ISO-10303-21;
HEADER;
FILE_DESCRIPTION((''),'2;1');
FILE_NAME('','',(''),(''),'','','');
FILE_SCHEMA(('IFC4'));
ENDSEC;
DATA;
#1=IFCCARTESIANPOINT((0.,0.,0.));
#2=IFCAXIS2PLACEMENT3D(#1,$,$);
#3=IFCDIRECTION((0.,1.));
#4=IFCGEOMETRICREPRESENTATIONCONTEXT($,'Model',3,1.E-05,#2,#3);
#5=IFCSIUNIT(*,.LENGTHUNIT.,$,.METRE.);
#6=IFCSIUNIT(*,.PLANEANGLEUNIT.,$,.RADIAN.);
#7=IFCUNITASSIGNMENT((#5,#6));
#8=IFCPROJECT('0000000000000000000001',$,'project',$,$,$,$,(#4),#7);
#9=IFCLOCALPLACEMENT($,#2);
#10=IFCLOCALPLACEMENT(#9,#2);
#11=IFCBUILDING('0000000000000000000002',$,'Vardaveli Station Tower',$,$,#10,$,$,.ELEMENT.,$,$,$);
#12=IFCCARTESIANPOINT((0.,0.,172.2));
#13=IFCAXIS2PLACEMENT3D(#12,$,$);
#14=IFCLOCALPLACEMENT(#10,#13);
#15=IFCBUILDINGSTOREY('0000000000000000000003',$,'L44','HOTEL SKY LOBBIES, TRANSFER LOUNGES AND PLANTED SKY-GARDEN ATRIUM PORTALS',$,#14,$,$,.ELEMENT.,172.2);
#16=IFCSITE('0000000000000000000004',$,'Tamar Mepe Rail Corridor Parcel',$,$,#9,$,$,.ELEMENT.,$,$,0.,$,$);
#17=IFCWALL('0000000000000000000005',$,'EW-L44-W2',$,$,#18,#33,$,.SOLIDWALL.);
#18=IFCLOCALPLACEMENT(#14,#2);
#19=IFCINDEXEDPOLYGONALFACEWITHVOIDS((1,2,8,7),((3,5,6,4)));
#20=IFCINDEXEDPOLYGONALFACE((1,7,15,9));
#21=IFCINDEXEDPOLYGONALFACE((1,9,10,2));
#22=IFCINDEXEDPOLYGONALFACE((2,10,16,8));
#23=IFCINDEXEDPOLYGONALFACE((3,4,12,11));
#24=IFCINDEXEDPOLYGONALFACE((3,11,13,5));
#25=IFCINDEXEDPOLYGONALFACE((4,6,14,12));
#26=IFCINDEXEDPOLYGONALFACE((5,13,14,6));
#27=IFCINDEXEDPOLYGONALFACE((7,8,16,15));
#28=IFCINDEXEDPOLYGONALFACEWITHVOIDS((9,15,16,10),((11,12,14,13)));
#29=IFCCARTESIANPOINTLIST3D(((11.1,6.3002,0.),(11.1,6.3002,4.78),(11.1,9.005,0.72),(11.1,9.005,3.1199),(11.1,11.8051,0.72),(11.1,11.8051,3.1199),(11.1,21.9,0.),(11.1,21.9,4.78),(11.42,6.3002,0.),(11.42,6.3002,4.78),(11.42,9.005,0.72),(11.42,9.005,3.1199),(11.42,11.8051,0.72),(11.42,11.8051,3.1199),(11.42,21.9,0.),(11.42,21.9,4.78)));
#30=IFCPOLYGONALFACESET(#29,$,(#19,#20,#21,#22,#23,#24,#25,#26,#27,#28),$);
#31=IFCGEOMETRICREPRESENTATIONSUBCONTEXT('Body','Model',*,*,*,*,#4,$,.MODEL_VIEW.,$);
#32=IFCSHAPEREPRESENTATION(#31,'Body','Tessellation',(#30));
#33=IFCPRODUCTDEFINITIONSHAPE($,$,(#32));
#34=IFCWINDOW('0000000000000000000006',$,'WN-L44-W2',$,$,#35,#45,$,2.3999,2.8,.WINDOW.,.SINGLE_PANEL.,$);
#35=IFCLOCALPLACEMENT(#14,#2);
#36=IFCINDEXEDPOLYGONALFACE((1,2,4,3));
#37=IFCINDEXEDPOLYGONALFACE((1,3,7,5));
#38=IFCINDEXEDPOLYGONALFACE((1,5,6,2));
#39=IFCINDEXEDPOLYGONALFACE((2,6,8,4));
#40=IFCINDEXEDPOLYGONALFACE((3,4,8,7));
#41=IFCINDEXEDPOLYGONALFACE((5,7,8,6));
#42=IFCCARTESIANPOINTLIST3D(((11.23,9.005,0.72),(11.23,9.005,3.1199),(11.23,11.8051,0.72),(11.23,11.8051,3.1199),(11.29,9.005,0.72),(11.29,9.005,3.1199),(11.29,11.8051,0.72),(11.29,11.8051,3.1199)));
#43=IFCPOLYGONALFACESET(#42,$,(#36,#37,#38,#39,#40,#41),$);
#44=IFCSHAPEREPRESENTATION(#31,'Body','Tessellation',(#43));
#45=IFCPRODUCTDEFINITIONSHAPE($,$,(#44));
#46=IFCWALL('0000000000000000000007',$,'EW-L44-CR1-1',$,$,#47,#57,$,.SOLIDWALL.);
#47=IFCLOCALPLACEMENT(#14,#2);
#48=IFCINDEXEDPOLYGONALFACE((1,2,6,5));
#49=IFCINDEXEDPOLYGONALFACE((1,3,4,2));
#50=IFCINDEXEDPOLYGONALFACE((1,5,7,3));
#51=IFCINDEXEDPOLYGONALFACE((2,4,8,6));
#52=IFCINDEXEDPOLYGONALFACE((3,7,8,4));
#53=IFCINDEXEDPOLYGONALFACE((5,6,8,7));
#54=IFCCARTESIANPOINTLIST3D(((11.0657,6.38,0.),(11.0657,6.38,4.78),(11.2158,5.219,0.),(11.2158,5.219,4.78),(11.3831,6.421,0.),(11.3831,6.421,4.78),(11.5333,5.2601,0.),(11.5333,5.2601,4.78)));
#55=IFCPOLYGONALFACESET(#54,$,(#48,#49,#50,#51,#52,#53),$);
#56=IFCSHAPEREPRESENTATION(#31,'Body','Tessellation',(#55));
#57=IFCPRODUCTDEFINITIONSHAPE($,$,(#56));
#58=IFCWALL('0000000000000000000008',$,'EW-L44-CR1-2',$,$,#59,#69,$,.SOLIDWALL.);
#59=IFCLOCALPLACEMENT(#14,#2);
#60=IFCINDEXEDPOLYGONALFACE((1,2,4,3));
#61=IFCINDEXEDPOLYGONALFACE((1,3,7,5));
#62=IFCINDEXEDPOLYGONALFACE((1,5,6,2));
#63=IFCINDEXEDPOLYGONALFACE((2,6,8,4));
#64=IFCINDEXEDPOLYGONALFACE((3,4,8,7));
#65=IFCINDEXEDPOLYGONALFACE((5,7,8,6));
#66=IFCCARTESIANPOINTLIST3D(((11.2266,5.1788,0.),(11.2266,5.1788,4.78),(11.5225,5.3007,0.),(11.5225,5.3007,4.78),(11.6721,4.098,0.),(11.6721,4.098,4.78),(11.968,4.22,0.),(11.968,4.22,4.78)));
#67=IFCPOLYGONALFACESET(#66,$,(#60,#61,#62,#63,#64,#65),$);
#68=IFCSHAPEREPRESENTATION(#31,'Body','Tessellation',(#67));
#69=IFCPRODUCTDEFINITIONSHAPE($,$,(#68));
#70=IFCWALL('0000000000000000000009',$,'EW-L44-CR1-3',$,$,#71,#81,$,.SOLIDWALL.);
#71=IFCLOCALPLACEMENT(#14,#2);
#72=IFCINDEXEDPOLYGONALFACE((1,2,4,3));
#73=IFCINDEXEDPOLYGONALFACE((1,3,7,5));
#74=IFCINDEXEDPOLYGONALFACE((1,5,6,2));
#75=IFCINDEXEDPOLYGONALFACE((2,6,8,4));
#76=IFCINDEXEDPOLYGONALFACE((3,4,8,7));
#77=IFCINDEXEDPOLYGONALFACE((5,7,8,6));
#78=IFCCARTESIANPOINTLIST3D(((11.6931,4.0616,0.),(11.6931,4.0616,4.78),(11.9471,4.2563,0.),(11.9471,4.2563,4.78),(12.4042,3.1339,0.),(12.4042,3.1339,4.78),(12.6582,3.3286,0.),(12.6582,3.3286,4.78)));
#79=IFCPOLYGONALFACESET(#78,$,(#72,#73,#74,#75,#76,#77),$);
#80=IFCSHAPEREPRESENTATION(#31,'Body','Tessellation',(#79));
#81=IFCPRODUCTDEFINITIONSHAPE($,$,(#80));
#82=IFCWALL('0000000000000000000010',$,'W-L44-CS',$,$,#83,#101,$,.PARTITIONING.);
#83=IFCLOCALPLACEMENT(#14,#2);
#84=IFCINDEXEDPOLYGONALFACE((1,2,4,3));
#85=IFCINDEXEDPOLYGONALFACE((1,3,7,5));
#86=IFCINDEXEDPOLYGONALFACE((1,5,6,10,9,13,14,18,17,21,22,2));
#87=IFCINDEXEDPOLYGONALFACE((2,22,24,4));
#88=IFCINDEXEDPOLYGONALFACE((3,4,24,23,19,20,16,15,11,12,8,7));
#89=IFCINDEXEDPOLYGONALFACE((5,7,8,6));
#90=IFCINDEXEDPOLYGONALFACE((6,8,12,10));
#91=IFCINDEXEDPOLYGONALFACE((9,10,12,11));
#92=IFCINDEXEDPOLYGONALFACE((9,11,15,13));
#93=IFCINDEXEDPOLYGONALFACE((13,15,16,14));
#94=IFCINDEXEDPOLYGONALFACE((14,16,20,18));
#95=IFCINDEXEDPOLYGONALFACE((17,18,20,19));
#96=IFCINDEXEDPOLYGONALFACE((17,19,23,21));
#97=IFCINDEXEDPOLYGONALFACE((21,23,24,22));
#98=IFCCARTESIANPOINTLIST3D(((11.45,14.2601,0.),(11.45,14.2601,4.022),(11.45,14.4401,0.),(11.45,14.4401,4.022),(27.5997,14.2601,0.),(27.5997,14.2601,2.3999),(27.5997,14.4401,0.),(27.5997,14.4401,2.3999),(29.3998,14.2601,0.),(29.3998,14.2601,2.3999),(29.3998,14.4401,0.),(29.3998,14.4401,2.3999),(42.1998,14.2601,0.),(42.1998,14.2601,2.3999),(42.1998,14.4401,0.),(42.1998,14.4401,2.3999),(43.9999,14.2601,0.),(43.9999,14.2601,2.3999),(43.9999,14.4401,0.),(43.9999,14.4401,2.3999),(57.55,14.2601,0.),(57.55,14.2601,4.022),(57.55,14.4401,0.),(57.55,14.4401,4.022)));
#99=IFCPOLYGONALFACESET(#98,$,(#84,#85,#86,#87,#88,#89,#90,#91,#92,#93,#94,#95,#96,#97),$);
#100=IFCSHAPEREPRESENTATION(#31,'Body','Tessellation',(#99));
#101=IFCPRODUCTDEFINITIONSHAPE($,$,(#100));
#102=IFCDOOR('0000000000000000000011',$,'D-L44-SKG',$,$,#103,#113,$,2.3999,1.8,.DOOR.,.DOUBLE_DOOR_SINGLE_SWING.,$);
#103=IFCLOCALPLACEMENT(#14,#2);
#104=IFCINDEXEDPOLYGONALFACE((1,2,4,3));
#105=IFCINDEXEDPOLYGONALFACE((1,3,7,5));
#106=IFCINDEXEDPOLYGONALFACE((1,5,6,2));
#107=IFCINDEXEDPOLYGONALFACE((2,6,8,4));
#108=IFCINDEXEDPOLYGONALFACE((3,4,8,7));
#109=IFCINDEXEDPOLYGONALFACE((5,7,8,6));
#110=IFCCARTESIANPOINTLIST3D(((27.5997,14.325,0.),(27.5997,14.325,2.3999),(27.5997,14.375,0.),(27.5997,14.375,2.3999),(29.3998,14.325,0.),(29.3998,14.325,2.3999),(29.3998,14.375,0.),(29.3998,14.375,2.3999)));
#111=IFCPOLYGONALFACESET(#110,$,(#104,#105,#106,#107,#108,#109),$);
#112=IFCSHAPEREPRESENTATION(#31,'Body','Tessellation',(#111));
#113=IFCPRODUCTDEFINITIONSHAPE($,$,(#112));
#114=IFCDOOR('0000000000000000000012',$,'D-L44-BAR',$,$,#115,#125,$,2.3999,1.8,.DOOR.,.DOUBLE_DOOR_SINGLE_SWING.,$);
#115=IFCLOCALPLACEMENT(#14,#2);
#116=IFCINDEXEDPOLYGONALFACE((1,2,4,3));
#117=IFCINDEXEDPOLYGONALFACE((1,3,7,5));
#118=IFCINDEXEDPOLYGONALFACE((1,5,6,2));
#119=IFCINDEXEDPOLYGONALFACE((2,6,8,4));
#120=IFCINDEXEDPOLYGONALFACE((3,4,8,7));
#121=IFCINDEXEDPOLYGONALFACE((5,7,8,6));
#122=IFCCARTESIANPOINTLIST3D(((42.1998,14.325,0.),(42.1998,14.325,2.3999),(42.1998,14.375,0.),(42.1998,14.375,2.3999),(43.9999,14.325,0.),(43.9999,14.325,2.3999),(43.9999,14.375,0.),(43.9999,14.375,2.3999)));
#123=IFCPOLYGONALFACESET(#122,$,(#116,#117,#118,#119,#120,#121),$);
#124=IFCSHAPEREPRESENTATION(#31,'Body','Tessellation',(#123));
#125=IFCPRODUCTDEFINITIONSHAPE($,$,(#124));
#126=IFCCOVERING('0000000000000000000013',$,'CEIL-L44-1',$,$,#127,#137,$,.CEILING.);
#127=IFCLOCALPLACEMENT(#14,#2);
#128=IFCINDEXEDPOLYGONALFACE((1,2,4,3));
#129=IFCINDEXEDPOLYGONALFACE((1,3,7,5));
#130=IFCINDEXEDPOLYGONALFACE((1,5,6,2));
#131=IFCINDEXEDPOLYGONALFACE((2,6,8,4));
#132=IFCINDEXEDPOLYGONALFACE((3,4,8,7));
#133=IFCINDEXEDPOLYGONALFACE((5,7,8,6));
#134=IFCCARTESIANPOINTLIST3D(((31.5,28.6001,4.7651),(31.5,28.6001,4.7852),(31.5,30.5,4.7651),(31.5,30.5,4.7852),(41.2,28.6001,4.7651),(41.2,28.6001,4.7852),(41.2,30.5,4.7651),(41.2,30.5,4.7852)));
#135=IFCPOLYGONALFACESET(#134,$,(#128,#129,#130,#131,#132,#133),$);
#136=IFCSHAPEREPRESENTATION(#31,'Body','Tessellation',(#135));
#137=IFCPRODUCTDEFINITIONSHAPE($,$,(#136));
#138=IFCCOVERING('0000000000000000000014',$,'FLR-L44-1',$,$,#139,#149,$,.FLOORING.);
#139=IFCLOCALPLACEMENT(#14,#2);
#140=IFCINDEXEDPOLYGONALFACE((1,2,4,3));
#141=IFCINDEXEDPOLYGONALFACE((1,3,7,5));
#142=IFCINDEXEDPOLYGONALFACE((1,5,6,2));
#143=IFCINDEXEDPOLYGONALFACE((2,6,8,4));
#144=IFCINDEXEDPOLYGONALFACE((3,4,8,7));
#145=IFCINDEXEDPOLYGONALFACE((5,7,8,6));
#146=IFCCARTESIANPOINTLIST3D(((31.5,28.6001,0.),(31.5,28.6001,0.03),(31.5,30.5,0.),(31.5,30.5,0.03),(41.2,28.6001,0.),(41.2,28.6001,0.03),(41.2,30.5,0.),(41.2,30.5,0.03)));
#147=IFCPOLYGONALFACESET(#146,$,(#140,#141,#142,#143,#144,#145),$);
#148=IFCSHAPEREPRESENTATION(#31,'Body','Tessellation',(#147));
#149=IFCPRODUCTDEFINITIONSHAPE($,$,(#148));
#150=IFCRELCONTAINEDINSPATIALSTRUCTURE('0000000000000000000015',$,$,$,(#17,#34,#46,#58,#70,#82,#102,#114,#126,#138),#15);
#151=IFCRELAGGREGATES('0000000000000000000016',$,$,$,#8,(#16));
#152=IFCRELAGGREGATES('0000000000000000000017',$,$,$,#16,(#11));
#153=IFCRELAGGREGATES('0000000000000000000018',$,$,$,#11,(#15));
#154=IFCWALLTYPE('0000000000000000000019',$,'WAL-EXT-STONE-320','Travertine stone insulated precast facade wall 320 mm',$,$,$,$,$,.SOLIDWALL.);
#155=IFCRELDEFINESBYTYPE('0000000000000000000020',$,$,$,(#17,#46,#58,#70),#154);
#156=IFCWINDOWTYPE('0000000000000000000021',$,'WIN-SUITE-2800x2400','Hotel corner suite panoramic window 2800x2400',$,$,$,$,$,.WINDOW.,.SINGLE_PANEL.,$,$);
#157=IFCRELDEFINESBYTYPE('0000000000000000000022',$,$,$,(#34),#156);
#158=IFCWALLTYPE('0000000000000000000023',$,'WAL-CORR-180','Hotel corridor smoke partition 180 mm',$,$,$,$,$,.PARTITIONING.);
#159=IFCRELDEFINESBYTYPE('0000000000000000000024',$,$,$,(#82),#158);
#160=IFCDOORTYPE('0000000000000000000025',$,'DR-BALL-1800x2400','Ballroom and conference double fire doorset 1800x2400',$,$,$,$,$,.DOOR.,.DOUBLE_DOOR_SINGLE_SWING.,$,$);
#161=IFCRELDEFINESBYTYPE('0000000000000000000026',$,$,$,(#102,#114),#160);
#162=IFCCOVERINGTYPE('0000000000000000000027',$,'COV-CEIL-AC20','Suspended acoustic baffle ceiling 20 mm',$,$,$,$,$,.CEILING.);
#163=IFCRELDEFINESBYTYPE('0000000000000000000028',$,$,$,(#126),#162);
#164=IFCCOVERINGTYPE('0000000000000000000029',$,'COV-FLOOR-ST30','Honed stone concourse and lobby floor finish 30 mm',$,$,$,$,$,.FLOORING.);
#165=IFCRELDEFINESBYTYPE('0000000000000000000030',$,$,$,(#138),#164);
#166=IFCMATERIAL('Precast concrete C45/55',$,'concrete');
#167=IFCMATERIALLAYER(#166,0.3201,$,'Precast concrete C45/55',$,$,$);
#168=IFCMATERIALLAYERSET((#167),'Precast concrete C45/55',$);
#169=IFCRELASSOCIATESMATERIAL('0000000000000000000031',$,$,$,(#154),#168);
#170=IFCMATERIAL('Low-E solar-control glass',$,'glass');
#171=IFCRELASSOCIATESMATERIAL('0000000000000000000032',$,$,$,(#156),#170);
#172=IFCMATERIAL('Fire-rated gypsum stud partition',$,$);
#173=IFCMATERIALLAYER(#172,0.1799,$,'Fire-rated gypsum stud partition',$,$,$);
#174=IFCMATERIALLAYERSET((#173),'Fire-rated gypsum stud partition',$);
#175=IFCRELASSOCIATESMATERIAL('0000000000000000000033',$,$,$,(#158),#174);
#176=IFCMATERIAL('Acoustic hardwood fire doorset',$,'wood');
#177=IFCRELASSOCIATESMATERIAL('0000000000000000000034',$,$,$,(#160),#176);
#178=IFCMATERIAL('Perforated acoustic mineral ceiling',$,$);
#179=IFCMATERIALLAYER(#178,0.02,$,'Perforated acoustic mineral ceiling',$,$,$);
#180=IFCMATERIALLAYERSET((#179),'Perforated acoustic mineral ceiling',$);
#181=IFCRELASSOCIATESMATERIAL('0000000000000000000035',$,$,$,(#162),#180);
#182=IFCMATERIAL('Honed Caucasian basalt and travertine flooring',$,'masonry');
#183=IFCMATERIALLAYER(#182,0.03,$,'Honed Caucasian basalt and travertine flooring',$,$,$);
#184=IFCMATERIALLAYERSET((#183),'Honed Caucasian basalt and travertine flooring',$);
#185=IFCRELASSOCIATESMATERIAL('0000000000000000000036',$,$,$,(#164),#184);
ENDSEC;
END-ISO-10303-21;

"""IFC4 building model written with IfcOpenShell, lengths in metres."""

from ifc_helpers import new_model, si_unit, direction, frame, frame_2d, origin, place, context, subcontext, project, spatial, polyline, rectangle, outline, extrude, source, transform, mapped, material, layer, layer_set, type_object, element, fill, save


model = new_model("IFC4")

# Units and contexts
model_context = context("Model", 3, precision=1e-05, world=origin(), true_north=direction((0.0, 1.0)))
body_context = subcontext(model_context, "Body", "Model", "MODEL_VIEW")
ifc_project = project(units=[si_unit("LENGTHUNIT", "METRE"), si_unit("PLANEANGLEUNIT", "RADIAN")], contexts=[model_context])

# Site, building, storey
site_placement = place(None, origin())
site = spatial("IfcSite", under=ifc_project, at=site_placement, Name="Tamar Mepe Rail Corridor Parcel", CompositionType="ELEMENT", RefElevation=0.0)
building_placement = place(site_placement, origin())
building = spatial("IfcBuilding", under=site, at=building_placement, Name="Vardaveli Station Tower", CompositionType="ELEMENT")
storey_placement = place(building_placement, frame((0.0, 0.0, 172.2)))
storey = spatial("IfcBuildingStorey", under=building, at=storey_placement, Name="L44", Description="HOTEL SKY LOBBIES, TRANSFER LOUNGES AND PLANTED SKY-GARDEN ATRIUM PORTALS", CompositionType="ELEMENT", Elevation=172.2)

# Shared definitions
ifc_material_1 = material(Name="Precast concrete C45/55", Category="concrete")

# Wall, opening, window
ifc_layer_1 = layer(ifc_material_1, 0.3201, Name="Precast concrete C45/55")
ifc_layer_set_1 = layer_set([ifc_layer_1], Name="Precast concrete C45/55")
wall_type_1 = type_object("IfcWallType", Name="WAL-EXT-STONE-320", Description="Travertine stone insulated precast facade wall 320 mm", PredefinedType="SOLIDWALL", material=ifc_layer_set_1)
shared_shape_1 = source(origin(), body_context, "Body", "SweptSolid", [
    extrude(rectangle(XDim=15.5999, YDim=0.3201, at=frame_2d((7.7998, 0.0))), origin(), (0.0, 0.0, 1.0), 4.78),
])
wall_1_placement = place(storey_placement, frame((11.26, 21.8999, 0.0), z_axis=(0.0, 0.0, 1.0), x_axis=(0.0, -1.0, 0.0)))
wall_1 = element("IfcWall", 1, at=wall_1_placement, inside=storey, type_object=wall_type_1, Name="EW-L44-W2", PredefinedType="SOLIDWALL", context=body_context, shape_type="MappedRepresentation", body=[
    mapped(shared_shape_1, transform((0.0, 0.0, 0.0), scale=1.0)),
])
shared_shape_2 = source(origin(), body_context, "Body", "SweptSolid", [
    extrude(rectangle(XDim=2.8, YDim=2.3999, at=frame_2d((1.3999, 1.2))), frame((0.0, 0.1699, 0.0), z_axis=(0.0, -1.0, 0.0), x_axis=(1.0, 0.0, 0.0)), (0.0, 0.0, 1.0), 0.3401),
])
opening_1_placement = place(wall_1_placement, frame((10.095, 0.0, 0.72)))
opening_1 = element("IfcOpeningElement", 2, at=opening_1_placement, cuts=wall_1, PredefinedType="OPENING", context=body_context, shape_type="MappedRepresentation", body=[
    mapped(shared_shape_2, transform((0.0, 0.0, 0.0), scale=1.0)),
])
ifc_material_2 = material(Name="Low-E solar-control glass", Category="glass")
window_type = type_object("IfcWindowType", Name="WIN-SUITE-2800x2400", Description="Hotel corner suite panoramic window 2800x2400", PartitioningType="SINGLE_PANEL", PredefinedType="WINDOW", material=ifc_material_2)
shared_shape_3 = source(origin(), body_context, "Body", "SweptSolid", [
    extrude(rectangle(XDim=2.8, YDim=2.3999, at=frame_2d((1.3999, 1.2))), frame((0.0, 0.03, 0.0), z_axis=(0.0, -1.0, 0.0), x_axis=(1.0, 0.0, 0.0)), (0.0, 0.0, 1.0), 0.0601),
])
window_placement = place(opening_1_placement, origin())
window = element("IfcWindow", 3, at=window_placement, inside=storey, type_object=window_type, Name="WN-L44-W2", OverallHeight=2.3999, OverallWidth=2.8, PartitioningType="SINGLE_PANEL", PredefinedType="WINDOW", context=body_context, shape_type="MappedRepresentation", body=[
    mapped(shared_shape_3, transform((0.0, 0.0, 0.0), scale=1.0)),
])
fill(opening_1, window)

# Walls
shared_shape_4 = source(origin(), body_context, "Body", "SweptSolid", [
    extrude(rectangle(XDim=1.1707, YDim=0.3201, at=frame_2d((0.5854, 0.0))), origin(), (0.0, 0.0, 1.0), 4.78),
])
wall_2_placement = place(storey_placement, frame((11.2244, 6.4006, 0.0), z_axis=(0.0, 0.0, 1.0), x_axis=(0.128269, -0.991739, 0.0)))
element("IfcWall", 4, at=wall_2_placement, inside=storey, type_object=wall_type_1, Name="EW-L44-CR1-1", PredefinedType="SOLIDWALL", context=body_context, shape_type="MappedRepresentation", body=[
    mapped(shared_shape_4, transform((0.0, 0.0, 0.0), scale=1.0)),
])
shared_shape_5 = source(origin(), body_context, "Body", "SweptSolid", [
    extrude(rectangle(XDim=1.1689, YDim=0.3201, at=frame_2d((0.5845, 0.0))), origin(), (0.0, 0.0, 1.0), 4.78),
])
for number, where, z_axis, x_axis, name in (
    (5, (11.3745, 5.2397, 0.0), (0.0, 0.0, 1.0), (0.381128, -0.924522, 0.0), "EW-L44-CR1-2"),
    (6, (11.8201, 4.1589, 0.0), (0.0, 0.0, 1.0), (0.608388, -0.79364, 0.0), "EW-L44-CR1-3"),
):
    element("IfcWall", number, at=place(storey_placement, frame(where, z_axis=z_axis, x_axis=x_axis)), inside=storey, type_object=wall_type_1, Name=name, PredefinedType="SOLIDWALL", context=body_context, shape_type="MappedRepresentation", body=[
        mapped(shared_shape_5, transform((0.0, 0.0, 0.0), scale=1.0)),
    ])

# Wall, openings, doors
ifc_material_3 = material(Name="Fire-rated gypsum stud partition")
ifc_layer_2 = layer(ifc_material_3, 0.1799, Name="Fire-rated gypsum stud partition")
ifc_layer_set_2 = layer_set([ifc_layer_2], Name="Fire-rated gypsum stud partition")
wall_type_2 = type_object("IfcWallType", Name="WAL-CORR-180", Description="Hotel corridor smoke partition 180 mm", PredefinedType="PARTITIONING", material=ifc_layer_set_2)
shared_shape_6 = source(origin(), body_context, "Body", "SweptSolid", [
    extrude(rectangle(XDim=46.1001, YDim=0.1799, at=frame_2d((23.05, 0.0))), origin(), (0.0, 0.0, 1.0), 4.022),
])
wall_3_placement = place(storey_placement, frame((11.45, 14.3501, 0.0), z_axis=(0.0, 0.0, 1.0), x_axis=(1.0, 0.0, 0.0)))
wall_3 = element("IfcWall", 7, at=wall_3_placement, inside=storey, type_object=wall_type_2, Name="W-L44-CS", PredefinedType="PARTITIONING", context=body_context, shape_type="MappedRepresentation", body=[
    mapped(shared_shape_6, transform((0.0, 0.0, 0.0), scale=1.0)),
])
shared_shape_7 = source(origin(), body_context, "Body", "SweptSolid", [
    extrude(rectangle(XDim=1.8, YDim=2.3999, at=frame_2d((0.8999, 1.2))), frame((0.0, 0.1001, 0.0), z_axis=(0.0, -1.0, 0.0), x_axis=(1.0, 0.0, 0.0)), (0.0, 0.0, 1.0), 0.2),
])
opening_2_placement = place(wall_3_placement, frame((16.1499, 0.0, 0.0)))
opening_2 = element("IfcOpeningElement", 8, at=opening_2_placement, cuts=wall_3, PredefinedType="OPENING", context=body_context, shape_type="MappedRepresentation", body=[
    mapped(shared_shape_7, transform((0.0, 0.0, 0.0), scale=1.0)),
])
opening_3_placement = place(wall_3_placement, frame((30.75, 0.0, 0.0)))
opening_3 = element("IfcOpeningElement", 9, at=opening_3_placement, cuts=wall_3, PredefinedType="OPENING", context=body_context, shape_type="MappedRepresentation", body=[
    mapped(shared_shape_7, transform((0.0, 0.0, 0.0), scale=1.0)),
])
ifc_material_4 = material(Name="Acoustic hardwood fire doorset", Category="wood")
door_type = type_object("IfcDoorType", Name="DR-BALL-1800x2400", Description="Ballroom and conference double fire doorset 1800x2400", OperationType="DOUBLE_DOOR_SINGLE_SWING", PredefinedType="DOOR", material=ifc_material_4)
shared_shape_8 = source(origin(), body_context, "Body", "SweptSolid", [
    extrude(rectangle(XDim=1.8, YDim=2.3999, at=frame_2d((0.8999, 1.2))), frame((0.0, 0.0249, 0.0), z_axis=(0.0, -1.0, 0.0), x_axis=(1.0, 0.0, 0.0)), (0.0, 0.0, 1.0), 0.05),
])
door_1_placement = place(opening_2_placement, origin())
door_1 = element("IfcDoor", 10, at=door_1_placement, inside=storey, type_object=door_type, Name="D-L44-SKG", OperationType="DOUBLE_DOOR_SINGLE_SWING", OverallHeight=2.3999, OverallWidth=1.8, PredefinedType="DOOR", context=body_context, shape_type="MappedRepresentation", body=[
    mapped(shared_shape_8, transform((0.0, 0.0, 0.0), scale=1.0)),
])
fill(opening_2, door_1)
door_2_placement = place(opening_3_placement, origin())
door_2 = element("IfcDoor", 11, at=door_2_placement, inside=storey, type_object=door_type, Name="D-L44-BAR", OperationType="DOUBLE_DOOR_SINGLE_SWING", OverallHeight=2.3999, OverallWidth=1.8, PredefinedType="DOOR", context=body_context, shape_type="MappedRepresentation", body=[
    mapped(shared_shape_8, transform((0.0, 0.0, 0.0), scale=1.0)),
])
fill(opening_3, door_2)

# Coverings
ifc_material_5 = material(Name="Perforated acoustic mineral ceiling")
ifc_layer_3 = layer(ifc_material_5, 0.02, Name="Perforated acoustic mineral ceiling")
ifc_layer_set_3 = layer_set([ifc_layer_3], Name="Perforated acoustic mineral ceiling")
covering_type_1 = type_object("IfcCoveringType", Name="COV-CEIL-AC20", Description="Suspended acoustic baffle ceiling 20 mm", PredefinedType="CEILING", material=ifc_layer_set_3)
covering_1_placement = place(storey_placement, frame((0.0, 0.0, 4.7651)))
element("IfcCovering", 12, at=covering_1_placement, inside=storey, type_object=covering_type_1, Name="CEIL-L44-1", PredefinedType="CEILING", context=body_context, shape_type="SweptSolid", body=[
    extrude(outline(polyline([(31.5, 28.6001), (41.2, 28.6001), (41.2, 30.5), (31.5, 30.5), (31.5, 28.6001)])), origin(), (0.0, 0.0, 1.0), 0.02),
])
ifc_material_6 = material(Name="Honed Caucasian basalt and travertine flooring", Category="masonry")
ifc_layer_4 = layer(ifc_material_6, 0.03, Name="Honed Caucasian basalt and travertine flooring")
ifc_layer_set_4 = layer_set([ifc_layer_4], Name="Honed Caucasian basalt and travertine flooring")
covering_type_2 = type_object("IfcCoveringType", Name="COV-FLOOR-ST30", Description="Honed stone concourse and lobby floor finish 30 mm", PredefinedType="FLOORING", material=ifc_layer_set_4)
covering_2_placement = place(storey_placement, origin())
element("IfcCovering", 13, at=covering_2_placement, inside=storey, type_object=covering_type_2, Name="FLR-L44-1", PredefinedType="FLOORING", context=body_context, shape_type="SweptSolid", body=[
    extrude(outline(polyline([(31.5, 28.6001), (41.2, 28.6001), (41.2, 30.5), (31.5, 30.5), (31.5, 28.6001)])), origin(), (0.0, 0.0, 1.0), 0.03),
])

save(model, "model.ifc")
